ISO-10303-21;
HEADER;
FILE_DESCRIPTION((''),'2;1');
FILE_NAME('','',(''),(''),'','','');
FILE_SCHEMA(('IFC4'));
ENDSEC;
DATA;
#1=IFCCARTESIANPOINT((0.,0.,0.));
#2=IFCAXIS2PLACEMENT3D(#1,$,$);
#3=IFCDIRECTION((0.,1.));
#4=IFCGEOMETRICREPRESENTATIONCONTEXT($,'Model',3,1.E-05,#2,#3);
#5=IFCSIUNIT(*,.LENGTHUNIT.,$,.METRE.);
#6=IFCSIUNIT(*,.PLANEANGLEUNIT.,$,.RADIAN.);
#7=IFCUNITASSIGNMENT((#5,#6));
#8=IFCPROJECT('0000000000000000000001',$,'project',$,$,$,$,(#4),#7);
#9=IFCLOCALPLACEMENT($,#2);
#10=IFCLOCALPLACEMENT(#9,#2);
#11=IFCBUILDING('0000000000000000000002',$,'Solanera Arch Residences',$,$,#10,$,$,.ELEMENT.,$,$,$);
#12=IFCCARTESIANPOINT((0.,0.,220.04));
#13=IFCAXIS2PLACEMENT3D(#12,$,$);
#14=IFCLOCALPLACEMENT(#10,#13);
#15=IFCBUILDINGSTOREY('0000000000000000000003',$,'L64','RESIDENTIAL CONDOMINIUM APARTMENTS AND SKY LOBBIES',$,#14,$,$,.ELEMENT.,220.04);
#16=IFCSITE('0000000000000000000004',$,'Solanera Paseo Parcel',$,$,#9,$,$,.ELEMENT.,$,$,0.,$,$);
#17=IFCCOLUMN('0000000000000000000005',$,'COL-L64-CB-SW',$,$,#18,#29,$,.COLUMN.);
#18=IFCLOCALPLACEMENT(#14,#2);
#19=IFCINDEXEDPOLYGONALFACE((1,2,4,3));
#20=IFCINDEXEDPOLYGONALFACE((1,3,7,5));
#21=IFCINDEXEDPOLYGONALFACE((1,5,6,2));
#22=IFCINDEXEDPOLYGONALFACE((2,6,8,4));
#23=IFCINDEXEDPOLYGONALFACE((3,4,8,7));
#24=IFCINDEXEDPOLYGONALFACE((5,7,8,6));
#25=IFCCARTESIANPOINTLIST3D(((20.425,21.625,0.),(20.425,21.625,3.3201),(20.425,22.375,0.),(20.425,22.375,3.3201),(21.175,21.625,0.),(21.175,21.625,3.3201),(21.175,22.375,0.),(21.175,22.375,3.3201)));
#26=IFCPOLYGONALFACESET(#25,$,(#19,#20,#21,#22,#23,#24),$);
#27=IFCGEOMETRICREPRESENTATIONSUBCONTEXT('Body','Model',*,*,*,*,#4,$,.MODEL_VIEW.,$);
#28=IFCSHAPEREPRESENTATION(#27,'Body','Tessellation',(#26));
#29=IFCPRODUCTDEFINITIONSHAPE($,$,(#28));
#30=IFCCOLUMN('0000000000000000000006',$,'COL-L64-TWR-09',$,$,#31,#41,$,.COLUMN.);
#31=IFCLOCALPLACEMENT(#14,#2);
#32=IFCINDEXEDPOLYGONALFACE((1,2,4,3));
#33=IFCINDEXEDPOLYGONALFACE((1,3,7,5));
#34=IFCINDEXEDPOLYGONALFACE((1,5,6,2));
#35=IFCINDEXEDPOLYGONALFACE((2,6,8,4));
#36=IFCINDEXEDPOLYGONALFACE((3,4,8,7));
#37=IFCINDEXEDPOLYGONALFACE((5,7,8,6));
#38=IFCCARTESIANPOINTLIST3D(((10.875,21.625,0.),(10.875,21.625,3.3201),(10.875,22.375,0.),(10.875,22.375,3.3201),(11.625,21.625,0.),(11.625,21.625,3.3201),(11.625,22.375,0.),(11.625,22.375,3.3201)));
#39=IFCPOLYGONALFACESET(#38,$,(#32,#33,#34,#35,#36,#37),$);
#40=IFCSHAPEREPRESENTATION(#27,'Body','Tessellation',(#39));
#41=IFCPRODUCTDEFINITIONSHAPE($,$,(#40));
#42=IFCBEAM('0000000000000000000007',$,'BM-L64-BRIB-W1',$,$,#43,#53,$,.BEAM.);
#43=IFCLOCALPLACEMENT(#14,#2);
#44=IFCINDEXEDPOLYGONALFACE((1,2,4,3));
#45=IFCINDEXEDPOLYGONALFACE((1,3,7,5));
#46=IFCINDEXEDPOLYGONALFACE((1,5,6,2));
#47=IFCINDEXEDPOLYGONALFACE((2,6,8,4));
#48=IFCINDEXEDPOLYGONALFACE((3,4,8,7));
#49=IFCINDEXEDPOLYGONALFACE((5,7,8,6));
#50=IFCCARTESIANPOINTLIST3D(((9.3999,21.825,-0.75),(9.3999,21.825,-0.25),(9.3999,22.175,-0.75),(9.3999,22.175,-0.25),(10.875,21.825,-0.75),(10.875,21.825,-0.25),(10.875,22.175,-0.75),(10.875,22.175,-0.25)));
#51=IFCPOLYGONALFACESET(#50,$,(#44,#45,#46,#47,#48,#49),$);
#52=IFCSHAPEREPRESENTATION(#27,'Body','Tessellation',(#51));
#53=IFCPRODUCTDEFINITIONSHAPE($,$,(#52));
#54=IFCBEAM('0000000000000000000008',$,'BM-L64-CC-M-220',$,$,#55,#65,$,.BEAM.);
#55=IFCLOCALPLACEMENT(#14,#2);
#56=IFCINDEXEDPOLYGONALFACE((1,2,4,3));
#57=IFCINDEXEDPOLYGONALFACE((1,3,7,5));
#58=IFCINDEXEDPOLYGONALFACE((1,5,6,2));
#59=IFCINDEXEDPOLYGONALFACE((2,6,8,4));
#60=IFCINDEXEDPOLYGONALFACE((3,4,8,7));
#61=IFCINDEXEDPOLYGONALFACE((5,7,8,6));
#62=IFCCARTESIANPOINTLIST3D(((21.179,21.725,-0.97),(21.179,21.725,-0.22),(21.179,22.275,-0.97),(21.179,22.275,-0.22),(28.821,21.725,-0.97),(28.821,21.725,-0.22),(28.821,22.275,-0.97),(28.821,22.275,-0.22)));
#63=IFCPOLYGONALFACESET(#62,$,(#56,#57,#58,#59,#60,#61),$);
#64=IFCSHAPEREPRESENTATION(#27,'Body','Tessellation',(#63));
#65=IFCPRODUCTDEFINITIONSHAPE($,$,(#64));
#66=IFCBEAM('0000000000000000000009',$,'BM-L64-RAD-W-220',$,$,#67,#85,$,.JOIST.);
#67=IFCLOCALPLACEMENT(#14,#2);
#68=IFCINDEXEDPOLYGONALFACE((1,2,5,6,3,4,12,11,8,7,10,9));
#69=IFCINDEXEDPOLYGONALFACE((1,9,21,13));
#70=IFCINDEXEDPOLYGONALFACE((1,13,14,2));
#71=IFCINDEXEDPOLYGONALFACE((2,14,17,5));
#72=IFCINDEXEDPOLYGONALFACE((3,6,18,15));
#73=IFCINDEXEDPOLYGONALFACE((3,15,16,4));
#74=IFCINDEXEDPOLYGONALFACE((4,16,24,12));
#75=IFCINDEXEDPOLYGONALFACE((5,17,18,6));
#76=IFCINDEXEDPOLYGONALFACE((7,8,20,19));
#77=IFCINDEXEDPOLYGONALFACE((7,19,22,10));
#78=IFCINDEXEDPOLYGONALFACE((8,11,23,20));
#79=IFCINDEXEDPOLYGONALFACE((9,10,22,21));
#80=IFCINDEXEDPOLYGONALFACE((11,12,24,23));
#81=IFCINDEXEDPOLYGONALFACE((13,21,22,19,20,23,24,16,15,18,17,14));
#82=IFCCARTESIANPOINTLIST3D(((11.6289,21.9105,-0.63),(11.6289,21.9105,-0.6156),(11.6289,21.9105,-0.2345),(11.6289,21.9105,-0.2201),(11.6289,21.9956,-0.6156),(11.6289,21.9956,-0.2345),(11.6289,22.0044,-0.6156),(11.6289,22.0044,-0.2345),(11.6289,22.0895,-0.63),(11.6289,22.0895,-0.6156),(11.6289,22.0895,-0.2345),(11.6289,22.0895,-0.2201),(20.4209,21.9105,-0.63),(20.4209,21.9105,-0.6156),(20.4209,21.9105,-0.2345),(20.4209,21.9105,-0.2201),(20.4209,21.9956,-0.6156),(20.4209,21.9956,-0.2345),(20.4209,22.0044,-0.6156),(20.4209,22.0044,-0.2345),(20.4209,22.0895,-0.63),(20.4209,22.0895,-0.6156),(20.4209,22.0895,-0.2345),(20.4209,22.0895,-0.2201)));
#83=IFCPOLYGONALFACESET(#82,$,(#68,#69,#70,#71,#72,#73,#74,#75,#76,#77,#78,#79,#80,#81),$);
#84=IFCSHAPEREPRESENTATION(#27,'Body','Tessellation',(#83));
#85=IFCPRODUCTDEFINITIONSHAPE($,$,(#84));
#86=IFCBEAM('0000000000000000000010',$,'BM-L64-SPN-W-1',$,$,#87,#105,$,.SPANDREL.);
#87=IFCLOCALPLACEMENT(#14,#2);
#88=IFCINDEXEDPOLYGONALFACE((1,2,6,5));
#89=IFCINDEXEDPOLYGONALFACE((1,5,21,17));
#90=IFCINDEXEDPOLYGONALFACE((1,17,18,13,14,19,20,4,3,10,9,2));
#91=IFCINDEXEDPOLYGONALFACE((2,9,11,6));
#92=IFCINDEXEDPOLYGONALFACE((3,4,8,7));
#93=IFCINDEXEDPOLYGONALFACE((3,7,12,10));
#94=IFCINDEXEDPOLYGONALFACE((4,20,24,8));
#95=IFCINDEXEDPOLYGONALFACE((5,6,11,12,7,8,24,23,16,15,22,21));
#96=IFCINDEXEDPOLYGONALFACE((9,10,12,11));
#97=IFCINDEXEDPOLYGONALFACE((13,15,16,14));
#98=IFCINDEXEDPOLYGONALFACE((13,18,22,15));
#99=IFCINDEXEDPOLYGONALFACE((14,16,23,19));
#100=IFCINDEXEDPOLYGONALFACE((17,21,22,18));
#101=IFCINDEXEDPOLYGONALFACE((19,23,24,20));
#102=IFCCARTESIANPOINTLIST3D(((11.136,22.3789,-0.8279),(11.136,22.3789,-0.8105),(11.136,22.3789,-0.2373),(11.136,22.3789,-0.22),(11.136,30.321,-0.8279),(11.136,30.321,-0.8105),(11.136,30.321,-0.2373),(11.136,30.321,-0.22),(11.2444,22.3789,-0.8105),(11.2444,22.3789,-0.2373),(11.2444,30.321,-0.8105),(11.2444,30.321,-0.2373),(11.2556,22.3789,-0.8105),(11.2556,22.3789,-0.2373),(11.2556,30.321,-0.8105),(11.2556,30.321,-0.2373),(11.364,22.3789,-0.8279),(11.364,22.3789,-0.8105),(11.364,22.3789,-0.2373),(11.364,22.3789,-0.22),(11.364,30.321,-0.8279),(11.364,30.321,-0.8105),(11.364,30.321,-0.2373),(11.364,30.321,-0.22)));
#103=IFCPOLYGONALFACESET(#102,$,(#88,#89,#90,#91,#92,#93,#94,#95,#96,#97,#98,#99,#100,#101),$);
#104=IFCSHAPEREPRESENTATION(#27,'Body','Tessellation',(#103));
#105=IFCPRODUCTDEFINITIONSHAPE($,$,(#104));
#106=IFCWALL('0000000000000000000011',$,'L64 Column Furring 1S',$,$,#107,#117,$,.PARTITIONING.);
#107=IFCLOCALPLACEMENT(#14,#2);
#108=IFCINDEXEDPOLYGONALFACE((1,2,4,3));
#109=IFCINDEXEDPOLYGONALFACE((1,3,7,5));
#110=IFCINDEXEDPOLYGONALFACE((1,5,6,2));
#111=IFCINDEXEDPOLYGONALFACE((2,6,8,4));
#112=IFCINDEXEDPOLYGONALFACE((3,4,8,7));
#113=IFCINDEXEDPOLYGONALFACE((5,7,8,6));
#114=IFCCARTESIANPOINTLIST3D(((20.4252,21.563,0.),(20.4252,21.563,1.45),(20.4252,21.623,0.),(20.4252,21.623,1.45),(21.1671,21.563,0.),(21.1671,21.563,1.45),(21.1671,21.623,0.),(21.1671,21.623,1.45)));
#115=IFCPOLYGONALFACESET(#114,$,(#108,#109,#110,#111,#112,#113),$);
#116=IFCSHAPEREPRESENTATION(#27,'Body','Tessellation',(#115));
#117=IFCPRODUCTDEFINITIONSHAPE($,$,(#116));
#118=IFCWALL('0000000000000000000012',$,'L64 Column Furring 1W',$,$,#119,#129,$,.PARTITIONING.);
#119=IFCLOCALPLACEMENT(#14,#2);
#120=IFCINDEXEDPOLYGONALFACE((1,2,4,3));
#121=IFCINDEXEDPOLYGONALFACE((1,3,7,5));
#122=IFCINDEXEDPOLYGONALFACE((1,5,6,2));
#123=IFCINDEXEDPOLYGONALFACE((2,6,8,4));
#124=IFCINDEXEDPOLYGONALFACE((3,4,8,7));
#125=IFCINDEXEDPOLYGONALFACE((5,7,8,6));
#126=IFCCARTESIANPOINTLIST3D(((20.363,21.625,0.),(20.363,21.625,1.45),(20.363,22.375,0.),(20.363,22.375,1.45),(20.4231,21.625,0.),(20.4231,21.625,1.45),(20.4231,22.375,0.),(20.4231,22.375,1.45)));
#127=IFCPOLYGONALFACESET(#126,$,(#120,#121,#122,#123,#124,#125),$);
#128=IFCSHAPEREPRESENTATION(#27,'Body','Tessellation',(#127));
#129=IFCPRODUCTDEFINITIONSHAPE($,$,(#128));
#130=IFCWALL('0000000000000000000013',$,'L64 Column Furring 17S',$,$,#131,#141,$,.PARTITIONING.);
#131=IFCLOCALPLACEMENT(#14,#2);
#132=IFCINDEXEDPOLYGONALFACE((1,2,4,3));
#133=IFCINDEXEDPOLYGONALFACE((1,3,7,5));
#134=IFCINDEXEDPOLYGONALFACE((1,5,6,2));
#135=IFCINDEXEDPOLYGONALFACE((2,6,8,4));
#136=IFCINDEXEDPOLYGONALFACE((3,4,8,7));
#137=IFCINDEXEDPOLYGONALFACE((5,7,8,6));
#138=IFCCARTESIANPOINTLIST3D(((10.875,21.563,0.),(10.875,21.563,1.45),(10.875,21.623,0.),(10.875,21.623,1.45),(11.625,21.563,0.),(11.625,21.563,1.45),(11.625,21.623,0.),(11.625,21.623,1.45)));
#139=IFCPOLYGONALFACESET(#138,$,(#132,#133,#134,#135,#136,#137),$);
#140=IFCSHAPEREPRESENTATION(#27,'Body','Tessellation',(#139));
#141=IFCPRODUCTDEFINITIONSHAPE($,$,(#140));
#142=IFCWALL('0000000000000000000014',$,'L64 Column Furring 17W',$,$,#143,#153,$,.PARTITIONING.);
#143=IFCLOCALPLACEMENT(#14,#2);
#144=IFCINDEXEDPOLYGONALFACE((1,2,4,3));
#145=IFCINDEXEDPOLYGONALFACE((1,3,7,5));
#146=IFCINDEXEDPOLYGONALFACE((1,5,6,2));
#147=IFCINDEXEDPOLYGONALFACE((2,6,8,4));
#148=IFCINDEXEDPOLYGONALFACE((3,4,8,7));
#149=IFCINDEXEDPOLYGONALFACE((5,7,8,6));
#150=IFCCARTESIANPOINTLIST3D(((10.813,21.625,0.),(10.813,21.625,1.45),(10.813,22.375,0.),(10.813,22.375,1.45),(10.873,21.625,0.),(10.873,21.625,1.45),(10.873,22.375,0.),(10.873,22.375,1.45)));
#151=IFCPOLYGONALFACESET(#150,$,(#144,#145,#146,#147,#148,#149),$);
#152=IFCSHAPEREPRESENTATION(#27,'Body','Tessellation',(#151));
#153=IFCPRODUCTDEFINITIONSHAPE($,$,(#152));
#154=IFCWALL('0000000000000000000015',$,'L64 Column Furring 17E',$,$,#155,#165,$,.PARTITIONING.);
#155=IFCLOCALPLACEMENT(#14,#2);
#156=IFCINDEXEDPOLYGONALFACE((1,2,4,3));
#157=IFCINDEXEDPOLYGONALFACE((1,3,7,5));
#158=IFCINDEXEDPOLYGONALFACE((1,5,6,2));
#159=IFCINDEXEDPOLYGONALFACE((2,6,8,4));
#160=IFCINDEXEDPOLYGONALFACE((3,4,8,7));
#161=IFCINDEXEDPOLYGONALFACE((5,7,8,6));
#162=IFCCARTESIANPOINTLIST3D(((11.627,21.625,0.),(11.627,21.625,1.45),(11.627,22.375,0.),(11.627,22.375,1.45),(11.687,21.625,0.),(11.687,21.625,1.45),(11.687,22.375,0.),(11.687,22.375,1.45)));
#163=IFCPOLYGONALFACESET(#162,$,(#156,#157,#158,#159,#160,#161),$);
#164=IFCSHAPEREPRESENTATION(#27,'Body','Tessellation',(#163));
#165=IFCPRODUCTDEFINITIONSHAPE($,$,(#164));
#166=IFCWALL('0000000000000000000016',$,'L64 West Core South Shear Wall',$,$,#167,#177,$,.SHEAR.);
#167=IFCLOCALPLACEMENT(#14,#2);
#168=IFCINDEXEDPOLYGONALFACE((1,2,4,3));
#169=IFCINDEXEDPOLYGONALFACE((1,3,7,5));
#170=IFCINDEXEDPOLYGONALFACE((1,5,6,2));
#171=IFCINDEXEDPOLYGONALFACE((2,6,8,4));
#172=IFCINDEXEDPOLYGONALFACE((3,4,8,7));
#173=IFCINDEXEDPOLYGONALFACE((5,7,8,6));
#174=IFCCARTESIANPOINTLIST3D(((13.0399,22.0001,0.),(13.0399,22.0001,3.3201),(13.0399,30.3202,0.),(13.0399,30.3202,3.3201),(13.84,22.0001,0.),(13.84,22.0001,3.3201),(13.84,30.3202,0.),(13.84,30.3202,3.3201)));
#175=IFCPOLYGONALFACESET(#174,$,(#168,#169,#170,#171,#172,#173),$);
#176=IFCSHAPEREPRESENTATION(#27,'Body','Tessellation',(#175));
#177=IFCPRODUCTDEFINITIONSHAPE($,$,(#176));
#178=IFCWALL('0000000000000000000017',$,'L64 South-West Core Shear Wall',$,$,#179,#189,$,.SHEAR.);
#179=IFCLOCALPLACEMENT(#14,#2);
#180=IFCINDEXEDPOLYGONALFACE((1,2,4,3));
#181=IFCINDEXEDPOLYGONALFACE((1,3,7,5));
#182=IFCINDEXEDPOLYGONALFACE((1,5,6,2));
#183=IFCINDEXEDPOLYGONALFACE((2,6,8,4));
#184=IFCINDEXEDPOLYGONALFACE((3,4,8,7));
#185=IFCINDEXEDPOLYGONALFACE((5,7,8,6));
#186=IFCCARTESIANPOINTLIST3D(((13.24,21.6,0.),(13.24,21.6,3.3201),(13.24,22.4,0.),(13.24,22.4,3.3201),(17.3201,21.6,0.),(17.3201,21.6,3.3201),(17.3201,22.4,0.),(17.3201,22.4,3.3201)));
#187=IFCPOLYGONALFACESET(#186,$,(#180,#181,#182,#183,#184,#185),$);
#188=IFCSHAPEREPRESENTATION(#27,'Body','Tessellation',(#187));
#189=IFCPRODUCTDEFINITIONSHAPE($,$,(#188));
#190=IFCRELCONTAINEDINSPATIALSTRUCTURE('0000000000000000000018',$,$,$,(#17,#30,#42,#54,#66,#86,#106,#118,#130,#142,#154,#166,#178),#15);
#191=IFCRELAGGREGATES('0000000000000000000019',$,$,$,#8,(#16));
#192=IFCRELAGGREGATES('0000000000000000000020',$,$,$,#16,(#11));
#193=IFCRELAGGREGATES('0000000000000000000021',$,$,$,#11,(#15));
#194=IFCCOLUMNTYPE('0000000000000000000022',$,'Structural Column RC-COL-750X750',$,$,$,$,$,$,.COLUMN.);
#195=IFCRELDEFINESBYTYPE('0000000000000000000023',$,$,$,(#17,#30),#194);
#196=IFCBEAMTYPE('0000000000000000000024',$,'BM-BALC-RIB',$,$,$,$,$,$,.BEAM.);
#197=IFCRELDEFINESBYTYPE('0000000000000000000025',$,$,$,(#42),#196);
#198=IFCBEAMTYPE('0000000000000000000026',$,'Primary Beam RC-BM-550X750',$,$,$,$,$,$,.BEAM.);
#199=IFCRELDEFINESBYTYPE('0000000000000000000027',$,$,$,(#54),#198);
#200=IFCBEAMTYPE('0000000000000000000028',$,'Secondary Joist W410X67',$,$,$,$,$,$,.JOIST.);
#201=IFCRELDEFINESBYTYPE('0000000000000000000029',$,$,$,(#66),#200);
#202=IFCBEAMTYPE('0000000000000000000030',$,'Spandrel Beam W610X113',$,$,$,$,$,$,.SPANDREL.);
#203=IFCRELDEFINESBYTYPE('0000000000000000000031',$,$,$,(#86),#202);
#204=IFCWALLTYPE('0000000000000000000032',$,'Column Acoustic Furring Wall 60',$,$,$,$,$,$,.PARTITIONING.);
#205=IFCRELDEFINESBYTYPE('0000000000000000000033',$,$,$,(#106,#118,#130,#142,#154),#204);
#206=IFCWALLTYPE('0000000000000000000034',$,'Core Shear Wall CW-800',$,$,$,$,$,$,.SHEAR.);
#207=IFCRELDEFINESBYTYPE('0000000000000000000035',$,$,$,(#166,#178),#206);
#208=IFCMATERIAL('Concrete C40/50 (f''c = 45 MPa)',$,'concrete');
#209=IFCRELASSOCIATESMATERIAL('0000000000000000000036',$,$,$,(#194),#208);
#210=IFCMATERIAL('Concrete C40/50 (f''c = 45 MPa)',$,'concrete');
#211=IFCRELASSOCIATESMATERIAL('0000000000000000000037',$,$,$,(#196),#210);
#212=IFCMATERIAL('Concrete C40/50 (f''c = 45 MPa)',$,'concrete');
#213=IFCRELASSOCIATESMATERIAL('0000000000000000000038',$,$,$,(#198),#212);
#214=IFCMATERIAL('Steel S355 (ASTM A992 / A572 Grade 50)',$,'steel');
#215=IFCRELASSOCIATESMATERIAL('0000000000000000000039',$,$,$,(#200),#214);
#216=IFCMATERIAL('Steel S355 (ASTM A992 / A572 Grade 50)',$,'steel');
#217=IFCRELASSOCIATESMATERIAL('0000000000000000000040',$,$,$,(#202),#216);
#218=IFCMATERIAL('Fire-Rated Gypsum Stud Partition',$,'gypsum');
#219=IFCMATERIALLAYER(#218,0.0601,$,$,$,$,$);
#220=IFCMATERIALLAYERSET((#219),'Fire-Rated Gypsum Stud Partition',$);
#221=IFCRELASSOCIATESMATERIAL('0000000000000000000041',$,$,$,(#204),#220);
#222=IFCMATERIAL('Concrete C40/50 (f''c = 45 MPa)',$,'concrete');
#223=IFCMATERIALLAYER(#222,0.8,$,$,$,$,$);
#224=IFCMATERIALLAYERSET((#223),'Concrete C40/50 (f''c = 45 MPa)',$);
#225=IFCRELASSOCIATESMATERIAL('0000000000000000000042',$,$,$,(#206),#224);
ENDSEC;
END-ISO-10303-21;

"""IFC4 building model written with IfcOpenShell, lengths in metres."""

from ifc_helpers import new_model, si_unit, direction, frame, frame_2d, origin, origin_2d, place, context, subcontext, project, spatial, rectangle, i_section, extrude, material, layer, layer_set, material_profile, profile_set, type_object, element, save


model = new_model("IFC4")

# Units and contexts
model_context = context("Model", 3, precision=1e-05, world=origin(), true_north=direction((0.0, 1.0)))
body_context = subcontext(model_context, "Body", "Model", "MODEL_VIEW")
ifc_project = project(units=[si_unit("LENGTHUNIT", "METRE"), si_unit("PLANEANGLEUNIT", "RADIAN")], contexts=[model_context])

# Site, building, storey
site_placement = place(None, origin())
site = spatial("IfcSite", under=ifc_project, at=site_placement, Name="Solanera Paseo Parcel", CompositionType="ELEMENT", RefElevation=0.0)
building_placement = place(site_placement, origin())
building = spatial("IfcBuilding", under=site, at=building_placement, Name="Solanera Arch Residences", CompositionType="ELEMENT")
storey_placement = place(building_placement, frame((0.0, 0.0, 220.04)))
storey = spatial("IfcBuildingStorey", under=building, at=storey_placement, Name="L64", Description="RESIDENTIAL CONDOMINIUM APARTMENTS AND SKY LOBBIES", CompositionType="ELEMENT", Elevation=220.04)

# Columns
ifc_material_1 = material(Name="Concrete C40/50 (f'c = 45 MPa)", Category="concrete")
ifc_material_profile_1 = material_profile(ifc_material_1, rectangle(XDim=0.75, YDim=0.75, at=origin_2d()))
ifc_profile_set_1 = profile_set([ifc_material_profile_1], Name="Concrete C40/50 (f'c = 45 MPa)")
column_type = type_object("IfcColumnType", Name="Structural Column RC-COL-750X750", PredefinedType="COLUMN", material=ifc_profile_set_1)
for number, where, z_axis, x_axis, name in (
    (1, (20.8, 22.0, 0.0), (0.0, 0.0, 1.0), (1.0, 0.0, 0.0), "COL-L64-CB-SW"),
    (2, (11.25, 22.0, 0.0), (0.0, 0.0, 1.0), (1.0, 0.0, 0.0), "COL-L64-TWR-09"),
):
    element("IfcColumn", number, at=place(storey_placement, frame(where, z_axis=z_axis, x_axis=x_axis)), inside=storey, type_object=column_type, Name=name, PredefinedType="COLUMN", context=body_context, shape_type="SweptSolid", body=[
        extrude(rectangle(XDim=0.75, YDim=0.75, at=origin_2d()), origin(), (0.0, 0.0, 1.0), 3.3201),
    ])

# Beams
ifc_material_2 = material(Name="Concrete C40/50 (f'c = 45 MPa)", Category="concrete")
ifc_material_profile_2 = material_profile(ifc_material_2, rectangle(XDim=0.3501, YDim=0.5, at=origin_2d()))
ifc_profile_set_2 = profile_set([ifc_material_profile_2], Name="Concrete C40/50 (f'c = 45 MPa)")
beam_type_1 = type_object("IfcBeamType", Name="BM-BALC-RIB", PredefinedType="BEAM", material=ifc_profile_set_2)
beam_1_placement = place(storey_placement, frame((9.3999, 22.0, -0.5), z_axis=(1.0, 0.0, 0.0), x_axis=(0.0, 1.0, 0.0)))
element("IfcBeam", 3, at=beam_1_placement, inside=storey, type_object=beam_type_1, Name="BM-L64-BRIB-W1", PredefinedType="BEAM", context=body_context, shape_type="SweptSolid", body=[
    extrude(rectangle(XDim=0.3501, YDim=0.5, at=origin_2d()), origin(), (0.0, 0.0, 1.0), 1.4751),
])
ifc_material_3 = material(Name="Concrete C40/50 (f'c = 45 MPa)", Category="concrete")
ifc_material_profile_3 = material_profile(ifc_material_3, rectangle(XDim=0.55, YDim=0.75, at=origin_2d()))
ifc_profile_set_3 = profile_set([ifc_material_profile_3], Name="Concrete C40/50 (f'c = 45 MPa)")
beam_type_2 = type_object("IfcBeamType", Name="Primary Beam RC-BM-550X750", PredefinedType="BEAM", material=ifc_profile_set_3)
beam_2_placement = place(storey_placement, frame((21.179, 22.0, -0.595), z_axis=(1.0, 0.0, 0.0), x_axis=(0.0, 1.0, 0.0)))
element("IfcBeam", 4, at=beam_2_placement, inside=storey, type_object=beam_type_2, Name="BM-L64-CC-M-220", PredefinedType="BEAM", context=body_context, shape_type="SweptSolid", body=[
    extrude(rectangle(XDim=0.55, YDim=0.75, at=origin_2d()), origin(), (0.0, 0.0, 1.0), 7.6421),
])
ifc_material_4 = material(Name="Steel S355 (ASTM A992 / A572 Grade 50)", Category="steel")
ifc_material_profile_4 = material_profile(ifc_material_4, i_section(OverallWidth=0.179, OverallDepth=0.4099, WebThickness=0.0088, FlangeThickness=0.0144, at=origin_2d()))
ifc_profile_set_4 = profile_set([ifc_material_profile_4], Name="Steel S355 (ASTM A992 / A572 Grade 50)")
beam_type_3 = type_object("IfcBeamType", Name="Secondary Joist W410X67", PredefinedType="JOIST", material=ifc_profile_set_4)
beam_3_placement = place(storey_placement, frame((11.6289, 22.0, -0.425), z_axis=(1.0, 0.0, 0.0), x_axis=(0.0, 1.0, 0.0)))
element("IfcBeam", 5, at=beam_3_placement, inside=storey, type_object=beam_type_3, Name="BM-L64-RAD-W-220", PredefinedType="JOIST", context=body_context, shape_type="SweptSolid", body=[
    extrude(i_section(OverallWidth=0.179, OverallDepth=0.4099, WebThickness=0.0088, FlangeThickness=0.0144, at=origin_2d()), origin(), (0.0, 0.0, 1.0), 8.792),
])
ifc_material_5 = material(Name="Steel S355 (ASTM A992 / A572 Grade 50)", Category="steel")
ifc_material_profile_5 = material_profile(ifc_material_5, i_section(OverallWidth=0.228, OverallDepth=0.6079, WebThickness=0.0112, FlangeThickness=0.0173, at=origin_2d()))
ifc_profile_set_5 = profile_set([ifc_material_profile_5], Name="Steel S355 (ASTM A992 / A572 Grade 50)")
beam_type_4 = type_object("IfcBeamType", Name="Spandrel Beam W610X113", PredefinedType="SPANDREL", material=ifc_profile_set_5)
beam_4_placement = place(storey_placement, frame((11.25, 22.3789, -0.5239), z_axis=(0.0, 1.0, 0.0), x_axis=(-1.0, 0.0, 0.0)))
element("IfcBeam", 6, at=beam_4_placement, inside=storey, type_object=beam_type_4, Name="BM-L64-SPN-W-1", PredefinedType="SPANDREL", context=body_context, shape_type="SweptSolid", body=[
    extrude(i_section(OverallWidth=0.228, OverallDepth=0.6079, WebThickness=0.0112, FlangeThickness=0.0173, at=origin_2d()), origin(), (0.0, 0.0, 1.0), 7.9421),
])

# Walls
ifc_material_6 = material(Name="Fire-Rated Gypsum Stud Partition", Category="gypsum")
ifc_layer_1 = layer(ifc_material_6, 0.0601)
ifc_layer_set_1 = layer_set([ifc_layer_1], Name="Fire-Rated Gypsum Stud Partition")
wall_type_1 = type_object("IfcWallType", Name="Column Acoustic Furring Wall 60", PredefinedType="PARTITIONING", material=ifc_layer_set_1)
wall_1_placement = place(storey_placement, frame((20.425, 21.593, 0.0), z_axis=(0.0, 0.0, 1.0), x_axis=(1.0, 0.0, 0.0)))
element("IfcWall", 7, at=wall_1_placement, inside=storey, type_object=wall_type_1, Name="L64 Column Furring 1S", PredefinedType="PARTITIONING", context=body_context, shape_type="SweptSolid", body=[
    extrude(rectangle(XDim=0.7419, YDim=0.0601, at=frame_2d((0.3711, 0.0))), origin(), (0.0, 0.0, 1.0), 1.45),
])
for number, where, z_axis, x_axis, name in (
    (8, (20.3931, 21.625, 0.0), (0.0, 0.0, 1.0), (0.0, 1.0, 0.0), "L64 Column Furring 1W"),
    (9, (10.875, 21.593, 0.0), (0.0, 0.0, 1.0), (1.0, 0.0, 0.0), "L64 Column Furring 17S"),
    (10, (10.843, 21.625, 0.0), (0.0, 0.0, 1.0), (0.0, 1.0, 0.0), "L64 Column Furring 17W"),
    (11, (11.657, 21.625, 0.0), (0.0, 0.0, 1.0), (0.0, 1.0, 0.0), "L64 Column Furring 17E"),
):
    element("IfcWall", number, at=place(storey_placement, frame(where, z_axis=z_axis, x_axis=x_axis)), inside=storey, type_object=wall_type_1, Name=name, PredefinedType="PARTITIONING", context=body_context, shape_type="SweptSolid", body=[
        extrude(rectangle(XDim=0.75, YDim=0.0601, at=frame_2d((0.375, 0.0))), origin(), (0.0, 0.0, 1.0), 1.45),
    ])
ifc_material_7 = material(Name="Concrete C40/50 (f'c = 45 MPa)", Category="concrete")
ifc_layer_2 = layer(ifc_material_7, 0.8)
ifc_layer_set_2 = layer_set([ifc_layer_2], Name="Concrete C40/50 (f'c = 45 MPa)")
wall_type_2 = type_object("IfcWallType", Name="Core Shear Wall CW-800", PredefinedType="SHEAR", material=ifc_layer_set_2)
wall_2_placement = place(storey_placement, frame((13.4399, 22.0, 0.0), z_axis=(0.0, 0.0, 1.0), x_axis=(0.0, 1.0, 0.0)))
element("IfcWall", 12, at=wall_2_placement, inside=storey, type_object=wall_type_2, Name="L64 West Core South Shear Wall", PredefinedType="SHEAR", context=body_context, shape_type="SweptSolid", body=[
    extrude(rectangle(XDim=8.3201, YDim=0.8, at=frame_2d((4.1602, 0.0))), origin(), (0.0, 0.0, 1.0), 3.3201),
])
wall_3_placement = place(storey_placement, frame((13.24, 22.0, 0.0), z_axis=(0.0, 0.0, 1.0), x_axis=(1.0, 0.0, 0.0)))
element("IfcWall", 13, at=wall_3_placement, inside=storey, type_object=wall_type_2, Name="L64 South-West Core Shear Wall", PredefinedType="SHEAR", context=body_context, shape_type="SweptSolid", body=[
    extrude(rectangle(XDim=4.0801, YDim=0.8, at=frame_2d((2.04, 0.0))), origin(), (0.0, 0.0, 1.0), 3.3201),
])

save(model, "model.ifc")
